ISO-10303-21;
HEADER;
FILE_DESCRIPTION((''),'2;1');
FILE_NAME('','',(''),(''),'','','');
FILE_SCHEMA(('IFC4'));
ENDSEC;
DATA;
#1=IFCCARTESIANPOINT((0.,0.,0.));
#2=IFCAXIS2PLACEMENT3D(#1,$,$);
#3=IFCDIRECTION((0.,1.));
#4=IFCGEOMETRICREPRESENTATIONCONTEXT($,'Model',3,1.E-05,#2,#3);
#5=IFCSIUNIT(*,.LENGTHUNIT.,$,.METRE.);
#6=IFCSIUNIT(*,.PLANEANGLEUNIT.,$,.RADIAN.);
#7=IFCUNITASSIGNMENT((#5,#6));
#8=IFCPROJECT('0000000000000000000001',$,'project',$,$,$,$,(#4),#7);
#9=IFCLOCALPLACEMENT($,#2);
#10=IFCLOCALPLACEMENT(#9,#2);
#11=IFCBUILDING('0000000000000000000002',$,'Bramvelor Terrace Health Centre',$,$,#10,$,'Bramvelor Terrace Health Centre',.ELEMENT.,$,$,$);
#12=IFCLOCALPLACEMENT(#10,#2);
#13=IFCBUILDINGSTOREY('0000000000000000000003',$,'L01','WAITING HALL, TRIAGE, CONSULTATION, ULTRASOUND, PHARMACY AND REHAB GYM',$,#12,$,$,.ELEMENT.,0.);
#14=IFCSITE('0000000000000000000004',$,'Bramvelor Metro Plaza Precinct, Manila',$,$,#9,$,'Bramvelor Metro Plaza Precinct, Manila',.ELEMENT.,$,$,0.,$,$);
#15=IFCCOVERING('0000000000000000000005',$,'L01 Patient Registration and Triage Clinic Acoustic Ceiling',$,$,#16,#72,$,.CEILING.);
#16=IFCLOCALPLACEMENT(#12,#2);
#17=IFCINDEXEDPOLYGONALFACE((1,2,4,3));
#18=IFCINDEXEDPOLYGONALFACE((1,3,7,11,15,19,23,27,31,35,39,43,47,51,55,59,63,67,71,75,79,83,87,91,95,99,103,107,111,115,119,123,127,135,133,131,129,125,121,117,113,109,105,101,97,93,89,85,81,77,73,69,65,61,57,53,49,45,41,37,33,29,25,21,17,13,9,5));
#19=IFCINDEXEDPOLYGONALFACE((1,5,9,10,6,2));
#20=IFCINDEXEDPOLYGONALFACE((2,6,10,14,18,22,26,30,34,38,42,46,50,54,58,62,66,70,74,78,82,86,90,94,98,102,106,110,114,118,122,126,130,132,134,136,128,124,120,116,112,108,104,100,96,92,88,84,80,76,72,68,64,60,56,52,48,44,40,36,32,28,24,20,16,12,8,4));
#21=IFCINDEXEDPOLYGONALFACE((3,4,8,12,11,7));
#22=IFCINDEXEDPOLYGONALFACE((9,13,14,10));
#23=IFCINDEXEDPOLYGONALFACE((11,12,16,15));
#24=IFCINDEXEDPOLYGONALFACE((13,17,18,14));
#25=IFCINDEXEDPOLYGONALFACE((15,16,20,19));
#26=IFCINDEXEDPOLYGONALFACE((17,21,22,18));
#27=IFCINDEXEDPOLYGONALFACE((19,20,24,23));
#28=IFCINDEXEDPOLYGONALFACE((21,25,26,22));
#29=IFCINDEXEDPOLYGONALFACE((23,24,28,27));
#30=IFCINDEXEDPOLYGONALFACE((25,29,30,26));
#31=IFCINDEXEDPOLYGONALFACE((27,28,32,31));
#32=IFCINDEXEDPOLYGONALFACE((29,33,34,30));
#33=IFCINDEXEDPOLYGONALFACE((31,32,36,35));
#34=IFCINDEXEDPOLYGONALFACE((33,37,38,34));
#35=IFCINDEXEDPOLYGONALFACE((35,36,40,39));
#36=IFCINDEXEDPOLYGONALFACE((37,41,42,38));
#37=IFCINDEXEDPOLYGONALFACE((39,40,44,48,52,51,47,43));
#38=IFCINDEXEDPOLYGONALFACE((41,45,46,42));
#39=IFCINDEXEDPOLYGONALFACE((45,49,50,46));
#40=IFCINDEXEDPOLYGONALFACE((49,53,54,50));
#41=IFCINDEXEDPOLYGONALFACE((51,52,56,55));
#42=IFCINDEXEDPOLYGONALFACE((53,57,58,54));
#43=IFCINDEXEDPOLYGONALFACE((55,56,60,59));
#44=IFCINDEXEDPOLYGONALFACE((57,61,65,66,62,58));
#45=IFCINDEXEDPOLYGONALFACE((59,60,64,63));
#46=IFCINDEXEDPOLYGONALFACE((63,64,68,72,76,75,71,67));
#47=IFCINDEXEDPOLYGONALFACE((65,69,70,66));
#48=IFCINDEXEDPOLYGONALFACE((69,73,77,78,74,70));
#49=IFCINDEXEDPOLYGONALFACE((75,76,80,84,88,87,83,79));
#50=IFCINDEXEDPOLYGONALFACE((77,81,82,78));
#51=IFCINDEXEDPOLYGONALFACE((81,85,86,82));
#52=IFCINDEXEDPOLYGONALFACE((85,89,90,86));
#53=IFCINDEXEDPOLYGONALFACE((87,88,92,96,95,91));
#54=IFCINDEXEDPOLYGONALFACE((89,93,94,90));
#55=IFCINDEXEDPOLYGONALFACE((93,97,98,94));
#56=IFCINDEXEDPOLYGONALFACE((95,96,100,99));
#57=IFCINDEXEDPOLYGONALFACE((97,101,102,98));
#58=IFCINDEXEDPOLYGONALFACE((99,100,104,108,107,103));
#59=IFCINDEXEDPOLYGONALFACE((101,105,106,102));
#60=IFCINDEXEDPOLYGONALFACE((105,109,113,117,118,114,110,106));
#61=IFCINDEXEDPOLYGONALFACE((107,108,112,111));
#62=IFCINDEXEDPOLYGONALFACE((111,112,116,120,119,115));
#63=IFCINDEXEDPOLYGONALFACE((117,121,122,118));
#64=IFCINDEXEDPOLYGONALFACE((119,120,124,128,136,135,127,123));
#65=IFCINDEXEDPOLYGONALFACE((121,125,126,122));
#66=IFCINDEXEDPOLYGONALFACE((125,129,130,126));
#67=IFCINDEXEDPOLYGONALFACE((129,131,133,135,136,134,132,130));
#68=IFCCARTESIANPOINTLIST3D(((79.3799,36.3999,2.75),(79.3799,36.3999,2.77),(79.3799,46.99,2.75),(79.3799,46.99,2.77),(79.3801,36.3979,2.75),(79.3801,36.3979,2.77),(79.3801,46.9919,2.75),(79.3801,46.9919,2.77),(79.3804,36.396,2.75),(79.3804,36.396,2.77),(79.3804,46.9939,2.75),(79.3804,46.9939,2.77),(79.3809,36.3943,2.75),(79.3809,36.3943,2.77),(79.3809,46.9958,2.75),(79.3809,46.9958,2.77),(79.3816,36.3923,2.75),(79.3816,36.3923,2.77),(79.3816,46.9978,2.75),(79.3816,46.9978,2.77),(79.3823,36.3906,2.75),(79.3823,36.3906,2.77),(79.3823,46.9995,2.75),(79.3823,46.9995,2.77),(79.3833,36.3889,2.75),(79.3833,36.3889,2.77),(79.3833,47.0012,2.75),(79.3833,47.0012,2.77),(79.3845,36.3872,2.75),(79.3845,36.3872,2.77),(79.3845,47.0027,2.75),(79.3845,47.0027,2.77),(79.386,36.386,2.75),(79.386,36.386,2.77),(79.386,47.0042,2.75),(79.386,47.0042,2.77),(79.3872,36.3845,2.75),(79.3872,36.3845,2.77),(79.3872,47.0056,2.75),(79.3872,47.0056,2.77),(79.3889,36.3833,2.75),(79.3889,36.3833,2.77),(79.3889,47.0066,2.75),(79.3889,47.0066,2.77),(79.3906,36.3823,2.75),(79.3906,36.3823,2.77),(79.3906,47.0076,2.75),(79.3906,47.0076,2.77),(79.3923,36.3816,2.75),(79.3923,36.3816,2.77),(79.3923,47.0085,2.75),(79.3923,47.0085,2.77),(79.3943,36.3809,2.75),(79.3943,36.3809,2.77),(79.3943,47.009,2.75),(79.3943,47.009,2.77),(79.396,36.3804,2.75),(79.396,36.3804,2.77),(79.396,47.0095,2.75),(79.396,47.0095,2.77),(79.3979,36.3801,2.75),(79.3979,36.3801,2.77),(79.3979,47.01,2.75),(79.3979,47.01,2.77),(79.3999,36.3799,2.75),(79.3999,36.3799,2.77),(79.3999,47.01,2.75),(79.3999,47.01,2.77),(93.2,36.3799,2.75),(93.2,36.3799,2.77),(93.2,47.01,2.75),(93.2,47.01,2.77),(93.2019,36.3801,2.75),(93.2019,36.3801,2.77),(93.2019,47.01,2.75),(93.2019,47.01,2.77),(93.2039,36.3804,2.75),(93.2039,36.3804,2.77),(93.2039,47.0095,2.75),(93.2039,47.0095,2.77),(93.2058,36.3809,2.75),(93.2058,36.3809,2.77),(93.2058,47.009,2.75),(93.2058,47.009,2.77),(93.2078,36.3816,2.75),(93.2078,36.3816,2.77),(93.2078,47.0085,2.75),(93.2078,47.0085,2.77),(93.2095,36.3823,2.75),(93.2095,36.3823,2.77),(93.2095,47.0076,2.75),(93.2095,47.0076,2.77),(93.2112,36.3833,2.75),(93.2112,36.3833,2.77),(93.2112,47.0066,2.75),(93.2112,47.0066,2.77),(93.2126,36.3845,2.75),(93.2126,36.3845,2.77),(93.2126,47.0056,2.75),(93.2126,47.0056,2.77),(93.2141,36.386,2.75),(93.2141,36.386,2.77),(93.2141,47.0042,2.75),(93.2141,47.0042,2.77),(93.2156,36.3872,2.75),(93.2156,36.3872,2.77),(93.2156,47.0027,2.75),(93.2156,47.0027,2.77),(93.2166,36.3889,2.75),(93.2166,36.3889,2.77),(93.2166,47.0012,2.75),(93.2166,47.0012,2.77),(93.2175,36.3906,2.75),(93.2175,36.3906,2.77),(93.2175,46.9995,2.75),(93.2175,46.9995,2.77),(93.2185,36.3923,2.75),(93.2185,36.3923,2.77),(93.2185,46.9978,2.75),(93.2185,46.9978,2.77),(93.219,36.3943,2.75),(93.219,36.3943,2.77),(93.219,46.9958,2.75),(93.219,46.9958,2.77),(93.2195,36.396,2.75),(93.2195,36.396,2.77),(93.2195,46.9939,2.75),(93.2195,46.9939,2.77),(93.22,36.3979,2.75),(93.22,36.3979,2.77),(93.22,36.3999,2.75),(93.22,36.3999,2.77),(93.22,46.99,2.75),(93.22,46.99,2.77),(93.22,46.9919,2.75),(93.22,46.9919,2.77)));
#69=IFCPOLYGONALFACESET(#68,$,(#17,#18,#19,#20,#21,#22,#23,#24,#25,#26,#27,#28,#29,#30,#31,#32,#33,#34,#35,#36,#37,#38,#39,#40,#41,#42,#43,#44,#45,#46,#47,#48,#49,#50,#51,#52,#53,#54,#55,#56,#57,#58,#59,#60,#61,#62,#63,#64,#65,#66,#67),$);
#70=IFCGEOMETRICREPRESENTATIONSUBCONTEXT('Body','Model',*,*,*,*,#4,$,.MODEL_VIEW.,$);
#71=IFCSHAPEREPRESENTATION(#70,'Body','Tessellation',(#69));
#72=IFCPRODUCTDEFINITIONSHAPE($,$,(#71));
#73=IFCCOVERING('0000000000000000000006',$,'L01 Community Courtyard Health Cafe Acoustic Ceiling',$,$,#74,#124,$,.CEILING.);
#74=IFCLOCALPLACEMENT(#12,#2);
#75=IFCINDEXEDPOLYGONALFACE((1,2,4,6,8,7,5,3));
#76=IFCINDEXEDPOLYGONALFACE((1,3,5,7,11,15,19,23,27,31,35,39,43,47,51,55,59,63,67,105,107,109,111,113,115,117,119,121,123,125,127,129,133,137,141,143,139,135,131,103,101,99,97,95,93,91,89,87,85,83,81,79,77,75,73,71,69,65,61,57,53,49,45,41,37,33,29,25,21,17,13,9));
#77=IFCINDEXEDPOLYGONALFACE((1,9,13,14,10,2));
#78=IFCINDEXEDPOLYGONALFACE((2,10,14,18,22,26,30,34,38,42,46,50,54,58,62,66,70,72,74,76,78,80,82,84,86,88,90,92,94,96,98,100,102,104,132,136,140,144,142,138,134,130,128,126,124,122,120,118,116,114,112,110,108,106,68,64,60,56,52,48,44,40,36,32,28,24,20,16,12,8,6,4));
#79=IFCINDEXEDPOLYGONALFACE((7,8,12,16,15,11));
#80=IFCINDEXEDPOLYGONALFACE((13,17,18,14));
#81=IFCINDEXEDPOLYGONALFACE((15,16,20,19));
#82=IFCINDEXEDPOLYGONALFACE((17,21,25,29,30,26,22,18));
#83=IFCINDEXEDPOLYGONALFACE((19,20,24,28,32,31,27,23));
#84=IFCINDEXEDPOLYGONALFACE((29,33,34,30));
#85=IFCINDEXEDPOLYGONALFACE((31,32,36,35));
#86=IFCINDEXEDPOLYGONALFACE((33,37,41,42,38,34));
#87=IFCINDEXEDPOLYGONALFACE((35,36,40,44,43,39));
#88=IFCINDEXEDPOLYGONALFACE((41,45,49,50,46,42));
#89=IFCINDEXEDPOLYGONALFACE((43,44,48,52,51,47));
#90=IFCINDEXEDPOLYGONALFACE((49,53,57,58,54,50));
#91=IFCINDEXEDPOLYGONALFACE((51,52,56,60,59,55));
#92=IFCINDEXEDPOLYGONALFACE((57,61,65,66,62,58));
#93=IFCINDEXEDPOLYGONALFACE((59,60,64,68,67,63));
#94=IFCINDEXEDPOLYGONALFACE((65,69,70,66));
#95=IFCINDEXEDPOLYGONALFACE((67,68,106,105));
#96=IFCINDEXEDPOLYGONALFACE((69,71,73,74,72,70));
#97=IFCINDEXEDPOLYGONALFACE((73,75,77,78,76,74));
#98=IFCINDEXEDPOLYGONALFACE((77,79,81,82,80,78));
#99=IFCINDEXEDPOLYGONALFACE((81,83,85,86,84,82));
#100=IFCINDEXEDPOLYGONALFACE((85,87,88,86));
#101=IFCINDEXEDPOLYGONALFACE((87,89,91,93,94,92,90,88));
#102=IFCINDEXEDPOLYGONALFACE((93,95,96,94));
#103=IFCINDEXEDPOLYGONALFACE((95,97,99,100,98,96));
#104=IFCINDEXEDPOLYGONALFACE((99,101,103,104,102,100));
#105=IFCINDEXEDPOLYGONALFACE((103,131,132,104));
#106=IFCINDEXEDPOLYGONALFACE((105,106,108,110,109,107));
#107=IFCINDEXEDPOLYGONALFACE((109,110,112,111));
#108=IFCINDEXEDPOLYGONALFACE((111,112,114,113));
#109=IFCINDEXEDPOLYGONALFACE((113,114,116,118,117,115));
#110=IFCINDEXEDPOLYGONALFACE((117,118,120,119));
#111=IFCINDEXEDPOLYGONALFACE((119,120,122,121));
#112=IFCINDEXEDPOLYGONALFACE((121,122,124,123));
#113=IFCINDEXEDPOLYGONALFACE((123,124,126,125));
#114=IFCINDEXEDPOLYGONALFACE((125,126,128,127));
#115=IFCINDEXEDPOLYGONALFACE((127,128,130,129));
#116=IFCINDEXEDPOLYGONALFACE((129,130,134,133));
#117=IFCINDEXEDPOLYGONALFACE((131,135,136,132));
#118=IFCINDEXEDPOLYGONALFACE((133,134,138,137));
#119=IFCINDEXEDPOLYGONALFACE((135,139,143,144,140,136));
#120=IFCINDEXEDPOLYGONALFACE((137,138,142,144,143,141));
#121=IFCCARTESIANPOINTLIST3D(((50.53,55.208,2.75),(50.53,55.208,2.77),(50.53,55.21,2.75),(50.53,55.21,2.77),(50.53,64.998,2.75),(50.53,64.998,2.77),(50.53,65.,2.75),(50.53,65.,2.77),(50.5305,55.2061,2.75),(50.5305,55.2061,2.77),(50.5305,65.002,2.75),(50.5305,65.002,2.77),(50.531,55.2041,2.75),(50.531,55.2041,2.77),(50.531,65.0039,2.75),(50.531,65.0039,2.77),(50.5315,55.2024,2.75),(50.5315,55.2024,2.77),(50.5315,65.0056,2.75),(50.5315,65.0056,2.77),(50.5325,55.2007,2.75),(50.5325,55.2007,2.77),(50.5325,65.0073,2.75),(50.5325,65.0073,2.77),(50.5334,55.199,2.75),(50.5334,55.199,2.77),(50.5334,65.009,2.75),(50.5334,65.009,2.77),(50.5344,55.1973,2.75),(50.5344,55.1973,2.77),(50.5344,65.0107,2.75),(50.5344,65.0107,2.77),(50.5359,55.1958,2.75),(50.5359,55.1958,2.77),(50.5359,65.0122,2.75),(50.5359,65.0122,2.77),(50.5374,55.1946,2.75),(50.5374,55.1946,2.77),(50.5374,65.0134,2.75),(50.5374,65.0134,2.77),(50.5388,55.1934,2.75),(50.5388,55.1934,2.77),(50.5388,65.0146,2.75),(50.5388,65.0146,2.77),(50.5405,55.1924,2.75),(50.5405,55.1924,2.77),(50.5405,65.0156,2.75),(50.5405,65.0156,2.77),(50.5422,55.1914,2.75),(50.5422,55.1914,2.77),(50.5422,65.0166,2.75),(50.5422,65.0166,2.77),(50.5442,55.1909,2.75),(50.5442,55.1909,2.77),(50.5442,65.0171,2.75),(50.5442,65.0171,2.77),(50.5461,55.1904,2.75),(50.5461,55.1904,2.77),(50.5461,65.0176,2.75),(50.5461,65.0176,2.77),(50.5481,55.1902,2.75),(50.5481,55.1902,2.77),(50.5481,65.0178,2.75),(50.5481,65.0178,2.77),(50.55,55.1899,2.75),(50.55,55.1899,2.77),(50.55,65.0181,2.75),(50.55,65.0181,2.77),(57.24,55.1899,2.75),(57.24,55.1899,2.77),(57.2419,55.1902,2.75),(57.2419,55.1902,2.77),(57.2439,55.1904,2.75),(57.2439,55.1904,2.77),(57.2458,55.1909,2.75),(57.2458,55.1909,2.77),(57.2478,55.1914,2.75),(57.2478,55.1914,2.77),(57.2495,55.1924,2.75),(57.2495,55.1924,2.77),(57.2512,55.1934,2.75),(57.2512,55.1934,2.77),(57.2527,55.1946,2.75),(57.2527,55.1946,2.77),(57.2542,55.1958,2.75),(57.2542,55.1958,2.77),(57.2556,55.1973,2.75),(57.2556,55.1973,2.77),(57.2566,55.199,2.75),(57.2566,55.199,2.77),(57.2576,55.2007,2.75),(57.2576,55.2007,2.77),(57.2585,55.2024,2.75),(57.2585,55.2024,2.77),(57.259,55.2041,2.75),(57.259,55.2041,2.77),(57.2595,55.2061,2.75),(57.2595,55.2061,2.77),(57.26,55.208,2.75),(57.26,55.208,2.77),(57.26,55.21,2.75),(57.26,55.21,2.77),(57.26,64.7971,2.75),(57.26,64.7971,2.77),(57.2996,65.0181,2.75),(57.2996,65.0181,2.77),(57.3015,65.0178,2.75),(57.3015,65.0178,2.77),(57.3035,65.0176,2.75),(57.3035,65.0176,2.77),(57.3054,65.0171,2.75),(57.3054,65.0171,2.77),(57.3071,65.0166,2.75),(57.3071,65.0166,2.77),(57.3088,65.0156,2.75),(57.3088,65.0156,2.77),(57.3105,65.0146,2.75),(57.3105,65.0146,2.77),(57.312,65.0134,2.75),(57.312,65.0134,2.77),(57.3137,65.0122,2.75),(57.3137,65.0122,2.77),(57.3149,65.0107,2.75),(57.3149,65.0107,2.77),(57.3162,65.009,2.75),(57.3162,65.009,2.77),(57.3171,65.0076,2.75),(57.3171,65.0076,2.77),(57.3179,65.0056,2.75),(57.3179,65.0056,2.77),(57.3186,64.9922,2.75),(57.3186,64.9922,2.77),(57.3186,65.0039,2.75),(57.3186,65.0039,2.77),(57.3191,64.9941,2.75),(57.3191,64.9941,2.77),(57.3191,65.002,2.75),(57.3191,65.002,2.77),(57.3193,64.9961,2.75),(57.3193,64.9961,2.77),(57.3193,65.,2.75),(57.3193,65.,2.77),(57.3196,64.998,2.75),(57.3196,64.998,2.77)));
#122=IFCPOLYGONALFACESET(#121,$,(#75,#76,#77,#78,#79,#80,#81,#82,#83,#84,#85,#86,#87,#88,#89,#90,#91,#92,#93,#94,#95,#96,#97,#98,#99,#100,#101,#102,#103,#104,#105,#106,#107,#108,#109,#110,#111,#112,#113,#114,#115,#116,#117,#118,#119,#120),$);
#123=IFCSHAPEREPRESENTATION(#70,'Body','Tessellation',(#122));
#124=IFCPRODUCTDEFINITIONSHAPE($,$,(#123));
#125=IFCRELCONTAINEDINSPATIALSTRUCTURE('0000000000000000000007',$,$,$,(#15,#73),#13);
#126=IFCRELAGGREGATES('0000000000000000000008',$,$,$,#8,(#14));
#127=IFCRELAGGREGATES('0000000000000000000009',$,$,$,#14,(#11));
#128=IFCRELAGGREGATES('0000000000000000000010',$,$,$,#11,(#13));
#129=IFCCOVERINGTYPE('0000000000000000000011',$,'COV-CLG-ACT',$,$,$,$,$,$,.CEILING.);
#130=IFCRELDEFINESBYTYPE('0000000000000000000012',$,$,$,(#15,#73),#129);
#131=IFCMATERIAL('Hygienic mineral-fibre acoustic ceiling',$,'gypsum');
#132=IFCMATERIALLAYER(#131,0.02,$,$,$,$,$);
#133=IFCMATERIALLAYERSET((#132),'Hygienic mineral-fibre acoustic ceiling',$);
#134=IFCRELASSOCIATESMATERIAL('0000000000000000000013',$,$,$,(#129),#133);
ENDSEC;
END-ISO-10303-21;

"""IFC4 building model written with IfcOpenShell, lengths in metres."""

from ifc_helpers import new_model, si_unit, direction, frame, origin, place, context, subcontext, project, spatial, polyline, outline, extrude, material, layer, layer_set, type_object, element, save


model = new_model("IFC4")

# Units and contexts
model_context = context("Model", 3, precision=1e-05, world=origin(), true_north=direction((0.0, 1.0)))
body_context = subcontext(model_context, "Body", "Model", "MODEL_VIEW")
ifc_project = project(units=[si_unit("LENGTHUNIT", "METRE"), si_unit("PLANEANGLEUNIT", "RADIAN")], contexts=[model_context])

# Site, building, storey
site_placement = place(None, origin())
site = spatial("IfcSite", under=ifc_project, at=site_placement, Name="Bramvelor Metro Plaza Precinct, Manila", LongName="Bramvelor Metro Plaza Precinct, Manila", CompositionType="ELEMENT", RefElevation=0.0)
building_placement = place(site_placement, origin())
building = spatial("IfcBuilding", under=site, at=building_placement, Name="Bramvelor Terrace Health Centre", LongName="Bramvelor Terrace Health Centre", CompositionType="ELEMENT")
storey_placement = place(building_placement, origin())
storey = spatial("IfcBuildingStorey", under=building, at=storey_placement, Name="L01", Description="WAITING HALL, TRIAGE, CONSULTATION, ULTRASOUND, PHARMACY AND REHAB GYM", CompositionType="ELEMENT", Elevation=0.0)

# Coverings
ifc_material_1 = material(Name="Hygienic mineral-fibre acoustic ceiling", Category="gypsum")
ifc_layer_1 = layer(ifc_material_1, 0.02)
ifc_layer_set_1 = layer_set([ifc_layer_1], Name="Hygienic mineral-fibre acoustic ceiling")
covering_type_1 = type_object("IfcCoveringType", Name="COV-CLG-ACT", PredefinedType="CEILING", material=ifc_layer_set_1)
covering_1_placement = place(storey_placement, frame((0.0, 0.0, 2.75)))
element("IfcCovering", 1, at=covering_1_placement, inside=storey, type_object=covering_type_1, Name="L01 Patient Registration and Triage Clinic Acoustic Ceiling", PredefinedType="CEILING", context=body_context, shape_type="SweptSolid", body=[
    extrude(outline(polyline([(79.3799, 46.99), (79.3801, 46.9919), (79.3804, 46.9939), (79.3809, 46.9958), (79.3816, 46.9978), (79.3823, 46.9995), (79.3833, 47.0012), (79.3845, 47.0027), (79.386, 47.0042), (79.3872, 47.0056), (79.3889, 47.0066), (79.3906, 47.0076), (79.3923, 47.0085), (79.3943, 47.009), (79.396, 47.0095), (79.3979, 47.01), (79.3999, 47.01), (93.2, 47.01), (93.2019, 47.01), (93.2039, 47.0095), (93.2058, 47.009), (93.2078, 47.0085), (93.2095, 47.0076), (93.2112, 47.0066), (93.2126, 47.0056), (93.2141, 47.0042), (93.2156, 47.0027), (93.2166, 47.0012), (93.2175, 46.9995), (93.2185, 46.9978), (93.219, 46.9958), (93.2195, 46.9939), (93.22, 46.9919), (93.22, 46.99), (93.22, 36.3999), (93.22, 36.3979), (93.2195, 36.396), (93.219, 36.3943), (93.2185, 36.3923), (93.2175, 36.3906), (93.2166, 36.3889), (93.2156, 36.3872), (93.2141, 36.386), (93.2126, 36.3845), (93.2112, 36.3833), (93.2095, 36.3823), (93.2078, 36.3816), (93.2058, 36.3809), (93.2039, 36.3804), (93.2019, 36.3801), (93.2, 36.3799), (79.3999, 36.3799), (79.3979, 36.3801), (79.396, 36.3804), (79.3943, 36.3809), (79.3923, 36.3816), (79.3906, 36.3823), (79.3889, 36.3833), (79.3872, 36.3845), (79.386, 36.386), (79.3845, 36.3872), (79.3833, 36.3889), (79.3823, 36.3906), (79.3816, 36.3923), (79.3809, 36.3943), (79.3804, 36.396), (79.3801, 36.3979), (79.3799, 36.3999), (79.3799, 46.99)])), origin(), (0.0, 0.0, 1.0), 0.02),
])
covering_2_placement = place(storey_placement, frame((0.0, 0.0, 2.75)))
element("IfcCovering", 2, at=covering_2_placement, inside=storey, type_object=covering_type_1, Name="L01 Community Courtyard Health Cafe Acoustic Ceiling", PredefinedType="CEILING", context=body_context, shape_type="SweptSolid", body=[
    extrude(outline(polyline([(50.53, 64.998), (50.53, 65.0), (50.5305, 65.002), (50.531, 65.0039), (50.5315, 65.0056), (50.5325, 65.0073), (50.5334, 65.009), (50.5344, 65.0107), (50.5359, 65.0122), (50.5374, 65.0134), (50.5388, 65.0146), (50.5405, 65.0156), (50.5422, 65.0166), (50.5442, 65.0171), (50.5461, 65.0176), (50.5481, 65.0178), (50.55, 65.0181), (57.2996, 65.0181), (57.3015, 65.0178), (57.3035, 65.0176), (57.3054, 65.0171), (57.3071, 65.0166), (57.3088, 65.0156), (57.3105, 65.0146), (57.312, 65.0134), (57.3137, 65.0122), (57.3149, 65.0107), (57.3162, 65.009), (57.3171, 65.0076), (57.3179, 65.0056), (57.3186, 65.0039), (57.3191, 65.002), (57.3193, 65.0), (57.3196, 64.998), (57.3193, 64.9961), (57.3191, 64.9941), (57.3186, 64.9922), (57.26, 64.7971), (57.26, 55.21), (57.26, 55.208), (57.2595, 55.2061), (57.259, 55.2041), (57.2585, 55.2024), (57.2576, 55.2007), (57.2566, 55.199), (57.2556, 55.1973), (57.2542, 55.1958), (57.2527, 55.1946), (57.2512, 55.1934), (57.2495, 55.1924), (57.2478, 55.1914), (57.2458, 55.1909), (57.2439, 55.1904), (57.2419, 55.1902), (57.24, 55.1899), (50.55, 55.1899), (50.5481, 55.1902), (50.5461, 55.1904), (50.5442, 55.1909), (50.5422, 55.1914), (50.5405, 55.1924), (50.5388, 55.1934), (50.5374, 55.1946), (50.5359, 55.1958), (50.5344, 55.1973), (50.5334, 55.199), (50.5325, 55.2007), (50.5315, 55.2024), (50.531, 55.2041), (50.5305, 55.2061), (50.53, 55.208), (50.53, 55.21), (50.53, 64.998)])), origin(), (0.0, 0.0, 1.0), 0.02),
])

save(model, "model.ifc")
